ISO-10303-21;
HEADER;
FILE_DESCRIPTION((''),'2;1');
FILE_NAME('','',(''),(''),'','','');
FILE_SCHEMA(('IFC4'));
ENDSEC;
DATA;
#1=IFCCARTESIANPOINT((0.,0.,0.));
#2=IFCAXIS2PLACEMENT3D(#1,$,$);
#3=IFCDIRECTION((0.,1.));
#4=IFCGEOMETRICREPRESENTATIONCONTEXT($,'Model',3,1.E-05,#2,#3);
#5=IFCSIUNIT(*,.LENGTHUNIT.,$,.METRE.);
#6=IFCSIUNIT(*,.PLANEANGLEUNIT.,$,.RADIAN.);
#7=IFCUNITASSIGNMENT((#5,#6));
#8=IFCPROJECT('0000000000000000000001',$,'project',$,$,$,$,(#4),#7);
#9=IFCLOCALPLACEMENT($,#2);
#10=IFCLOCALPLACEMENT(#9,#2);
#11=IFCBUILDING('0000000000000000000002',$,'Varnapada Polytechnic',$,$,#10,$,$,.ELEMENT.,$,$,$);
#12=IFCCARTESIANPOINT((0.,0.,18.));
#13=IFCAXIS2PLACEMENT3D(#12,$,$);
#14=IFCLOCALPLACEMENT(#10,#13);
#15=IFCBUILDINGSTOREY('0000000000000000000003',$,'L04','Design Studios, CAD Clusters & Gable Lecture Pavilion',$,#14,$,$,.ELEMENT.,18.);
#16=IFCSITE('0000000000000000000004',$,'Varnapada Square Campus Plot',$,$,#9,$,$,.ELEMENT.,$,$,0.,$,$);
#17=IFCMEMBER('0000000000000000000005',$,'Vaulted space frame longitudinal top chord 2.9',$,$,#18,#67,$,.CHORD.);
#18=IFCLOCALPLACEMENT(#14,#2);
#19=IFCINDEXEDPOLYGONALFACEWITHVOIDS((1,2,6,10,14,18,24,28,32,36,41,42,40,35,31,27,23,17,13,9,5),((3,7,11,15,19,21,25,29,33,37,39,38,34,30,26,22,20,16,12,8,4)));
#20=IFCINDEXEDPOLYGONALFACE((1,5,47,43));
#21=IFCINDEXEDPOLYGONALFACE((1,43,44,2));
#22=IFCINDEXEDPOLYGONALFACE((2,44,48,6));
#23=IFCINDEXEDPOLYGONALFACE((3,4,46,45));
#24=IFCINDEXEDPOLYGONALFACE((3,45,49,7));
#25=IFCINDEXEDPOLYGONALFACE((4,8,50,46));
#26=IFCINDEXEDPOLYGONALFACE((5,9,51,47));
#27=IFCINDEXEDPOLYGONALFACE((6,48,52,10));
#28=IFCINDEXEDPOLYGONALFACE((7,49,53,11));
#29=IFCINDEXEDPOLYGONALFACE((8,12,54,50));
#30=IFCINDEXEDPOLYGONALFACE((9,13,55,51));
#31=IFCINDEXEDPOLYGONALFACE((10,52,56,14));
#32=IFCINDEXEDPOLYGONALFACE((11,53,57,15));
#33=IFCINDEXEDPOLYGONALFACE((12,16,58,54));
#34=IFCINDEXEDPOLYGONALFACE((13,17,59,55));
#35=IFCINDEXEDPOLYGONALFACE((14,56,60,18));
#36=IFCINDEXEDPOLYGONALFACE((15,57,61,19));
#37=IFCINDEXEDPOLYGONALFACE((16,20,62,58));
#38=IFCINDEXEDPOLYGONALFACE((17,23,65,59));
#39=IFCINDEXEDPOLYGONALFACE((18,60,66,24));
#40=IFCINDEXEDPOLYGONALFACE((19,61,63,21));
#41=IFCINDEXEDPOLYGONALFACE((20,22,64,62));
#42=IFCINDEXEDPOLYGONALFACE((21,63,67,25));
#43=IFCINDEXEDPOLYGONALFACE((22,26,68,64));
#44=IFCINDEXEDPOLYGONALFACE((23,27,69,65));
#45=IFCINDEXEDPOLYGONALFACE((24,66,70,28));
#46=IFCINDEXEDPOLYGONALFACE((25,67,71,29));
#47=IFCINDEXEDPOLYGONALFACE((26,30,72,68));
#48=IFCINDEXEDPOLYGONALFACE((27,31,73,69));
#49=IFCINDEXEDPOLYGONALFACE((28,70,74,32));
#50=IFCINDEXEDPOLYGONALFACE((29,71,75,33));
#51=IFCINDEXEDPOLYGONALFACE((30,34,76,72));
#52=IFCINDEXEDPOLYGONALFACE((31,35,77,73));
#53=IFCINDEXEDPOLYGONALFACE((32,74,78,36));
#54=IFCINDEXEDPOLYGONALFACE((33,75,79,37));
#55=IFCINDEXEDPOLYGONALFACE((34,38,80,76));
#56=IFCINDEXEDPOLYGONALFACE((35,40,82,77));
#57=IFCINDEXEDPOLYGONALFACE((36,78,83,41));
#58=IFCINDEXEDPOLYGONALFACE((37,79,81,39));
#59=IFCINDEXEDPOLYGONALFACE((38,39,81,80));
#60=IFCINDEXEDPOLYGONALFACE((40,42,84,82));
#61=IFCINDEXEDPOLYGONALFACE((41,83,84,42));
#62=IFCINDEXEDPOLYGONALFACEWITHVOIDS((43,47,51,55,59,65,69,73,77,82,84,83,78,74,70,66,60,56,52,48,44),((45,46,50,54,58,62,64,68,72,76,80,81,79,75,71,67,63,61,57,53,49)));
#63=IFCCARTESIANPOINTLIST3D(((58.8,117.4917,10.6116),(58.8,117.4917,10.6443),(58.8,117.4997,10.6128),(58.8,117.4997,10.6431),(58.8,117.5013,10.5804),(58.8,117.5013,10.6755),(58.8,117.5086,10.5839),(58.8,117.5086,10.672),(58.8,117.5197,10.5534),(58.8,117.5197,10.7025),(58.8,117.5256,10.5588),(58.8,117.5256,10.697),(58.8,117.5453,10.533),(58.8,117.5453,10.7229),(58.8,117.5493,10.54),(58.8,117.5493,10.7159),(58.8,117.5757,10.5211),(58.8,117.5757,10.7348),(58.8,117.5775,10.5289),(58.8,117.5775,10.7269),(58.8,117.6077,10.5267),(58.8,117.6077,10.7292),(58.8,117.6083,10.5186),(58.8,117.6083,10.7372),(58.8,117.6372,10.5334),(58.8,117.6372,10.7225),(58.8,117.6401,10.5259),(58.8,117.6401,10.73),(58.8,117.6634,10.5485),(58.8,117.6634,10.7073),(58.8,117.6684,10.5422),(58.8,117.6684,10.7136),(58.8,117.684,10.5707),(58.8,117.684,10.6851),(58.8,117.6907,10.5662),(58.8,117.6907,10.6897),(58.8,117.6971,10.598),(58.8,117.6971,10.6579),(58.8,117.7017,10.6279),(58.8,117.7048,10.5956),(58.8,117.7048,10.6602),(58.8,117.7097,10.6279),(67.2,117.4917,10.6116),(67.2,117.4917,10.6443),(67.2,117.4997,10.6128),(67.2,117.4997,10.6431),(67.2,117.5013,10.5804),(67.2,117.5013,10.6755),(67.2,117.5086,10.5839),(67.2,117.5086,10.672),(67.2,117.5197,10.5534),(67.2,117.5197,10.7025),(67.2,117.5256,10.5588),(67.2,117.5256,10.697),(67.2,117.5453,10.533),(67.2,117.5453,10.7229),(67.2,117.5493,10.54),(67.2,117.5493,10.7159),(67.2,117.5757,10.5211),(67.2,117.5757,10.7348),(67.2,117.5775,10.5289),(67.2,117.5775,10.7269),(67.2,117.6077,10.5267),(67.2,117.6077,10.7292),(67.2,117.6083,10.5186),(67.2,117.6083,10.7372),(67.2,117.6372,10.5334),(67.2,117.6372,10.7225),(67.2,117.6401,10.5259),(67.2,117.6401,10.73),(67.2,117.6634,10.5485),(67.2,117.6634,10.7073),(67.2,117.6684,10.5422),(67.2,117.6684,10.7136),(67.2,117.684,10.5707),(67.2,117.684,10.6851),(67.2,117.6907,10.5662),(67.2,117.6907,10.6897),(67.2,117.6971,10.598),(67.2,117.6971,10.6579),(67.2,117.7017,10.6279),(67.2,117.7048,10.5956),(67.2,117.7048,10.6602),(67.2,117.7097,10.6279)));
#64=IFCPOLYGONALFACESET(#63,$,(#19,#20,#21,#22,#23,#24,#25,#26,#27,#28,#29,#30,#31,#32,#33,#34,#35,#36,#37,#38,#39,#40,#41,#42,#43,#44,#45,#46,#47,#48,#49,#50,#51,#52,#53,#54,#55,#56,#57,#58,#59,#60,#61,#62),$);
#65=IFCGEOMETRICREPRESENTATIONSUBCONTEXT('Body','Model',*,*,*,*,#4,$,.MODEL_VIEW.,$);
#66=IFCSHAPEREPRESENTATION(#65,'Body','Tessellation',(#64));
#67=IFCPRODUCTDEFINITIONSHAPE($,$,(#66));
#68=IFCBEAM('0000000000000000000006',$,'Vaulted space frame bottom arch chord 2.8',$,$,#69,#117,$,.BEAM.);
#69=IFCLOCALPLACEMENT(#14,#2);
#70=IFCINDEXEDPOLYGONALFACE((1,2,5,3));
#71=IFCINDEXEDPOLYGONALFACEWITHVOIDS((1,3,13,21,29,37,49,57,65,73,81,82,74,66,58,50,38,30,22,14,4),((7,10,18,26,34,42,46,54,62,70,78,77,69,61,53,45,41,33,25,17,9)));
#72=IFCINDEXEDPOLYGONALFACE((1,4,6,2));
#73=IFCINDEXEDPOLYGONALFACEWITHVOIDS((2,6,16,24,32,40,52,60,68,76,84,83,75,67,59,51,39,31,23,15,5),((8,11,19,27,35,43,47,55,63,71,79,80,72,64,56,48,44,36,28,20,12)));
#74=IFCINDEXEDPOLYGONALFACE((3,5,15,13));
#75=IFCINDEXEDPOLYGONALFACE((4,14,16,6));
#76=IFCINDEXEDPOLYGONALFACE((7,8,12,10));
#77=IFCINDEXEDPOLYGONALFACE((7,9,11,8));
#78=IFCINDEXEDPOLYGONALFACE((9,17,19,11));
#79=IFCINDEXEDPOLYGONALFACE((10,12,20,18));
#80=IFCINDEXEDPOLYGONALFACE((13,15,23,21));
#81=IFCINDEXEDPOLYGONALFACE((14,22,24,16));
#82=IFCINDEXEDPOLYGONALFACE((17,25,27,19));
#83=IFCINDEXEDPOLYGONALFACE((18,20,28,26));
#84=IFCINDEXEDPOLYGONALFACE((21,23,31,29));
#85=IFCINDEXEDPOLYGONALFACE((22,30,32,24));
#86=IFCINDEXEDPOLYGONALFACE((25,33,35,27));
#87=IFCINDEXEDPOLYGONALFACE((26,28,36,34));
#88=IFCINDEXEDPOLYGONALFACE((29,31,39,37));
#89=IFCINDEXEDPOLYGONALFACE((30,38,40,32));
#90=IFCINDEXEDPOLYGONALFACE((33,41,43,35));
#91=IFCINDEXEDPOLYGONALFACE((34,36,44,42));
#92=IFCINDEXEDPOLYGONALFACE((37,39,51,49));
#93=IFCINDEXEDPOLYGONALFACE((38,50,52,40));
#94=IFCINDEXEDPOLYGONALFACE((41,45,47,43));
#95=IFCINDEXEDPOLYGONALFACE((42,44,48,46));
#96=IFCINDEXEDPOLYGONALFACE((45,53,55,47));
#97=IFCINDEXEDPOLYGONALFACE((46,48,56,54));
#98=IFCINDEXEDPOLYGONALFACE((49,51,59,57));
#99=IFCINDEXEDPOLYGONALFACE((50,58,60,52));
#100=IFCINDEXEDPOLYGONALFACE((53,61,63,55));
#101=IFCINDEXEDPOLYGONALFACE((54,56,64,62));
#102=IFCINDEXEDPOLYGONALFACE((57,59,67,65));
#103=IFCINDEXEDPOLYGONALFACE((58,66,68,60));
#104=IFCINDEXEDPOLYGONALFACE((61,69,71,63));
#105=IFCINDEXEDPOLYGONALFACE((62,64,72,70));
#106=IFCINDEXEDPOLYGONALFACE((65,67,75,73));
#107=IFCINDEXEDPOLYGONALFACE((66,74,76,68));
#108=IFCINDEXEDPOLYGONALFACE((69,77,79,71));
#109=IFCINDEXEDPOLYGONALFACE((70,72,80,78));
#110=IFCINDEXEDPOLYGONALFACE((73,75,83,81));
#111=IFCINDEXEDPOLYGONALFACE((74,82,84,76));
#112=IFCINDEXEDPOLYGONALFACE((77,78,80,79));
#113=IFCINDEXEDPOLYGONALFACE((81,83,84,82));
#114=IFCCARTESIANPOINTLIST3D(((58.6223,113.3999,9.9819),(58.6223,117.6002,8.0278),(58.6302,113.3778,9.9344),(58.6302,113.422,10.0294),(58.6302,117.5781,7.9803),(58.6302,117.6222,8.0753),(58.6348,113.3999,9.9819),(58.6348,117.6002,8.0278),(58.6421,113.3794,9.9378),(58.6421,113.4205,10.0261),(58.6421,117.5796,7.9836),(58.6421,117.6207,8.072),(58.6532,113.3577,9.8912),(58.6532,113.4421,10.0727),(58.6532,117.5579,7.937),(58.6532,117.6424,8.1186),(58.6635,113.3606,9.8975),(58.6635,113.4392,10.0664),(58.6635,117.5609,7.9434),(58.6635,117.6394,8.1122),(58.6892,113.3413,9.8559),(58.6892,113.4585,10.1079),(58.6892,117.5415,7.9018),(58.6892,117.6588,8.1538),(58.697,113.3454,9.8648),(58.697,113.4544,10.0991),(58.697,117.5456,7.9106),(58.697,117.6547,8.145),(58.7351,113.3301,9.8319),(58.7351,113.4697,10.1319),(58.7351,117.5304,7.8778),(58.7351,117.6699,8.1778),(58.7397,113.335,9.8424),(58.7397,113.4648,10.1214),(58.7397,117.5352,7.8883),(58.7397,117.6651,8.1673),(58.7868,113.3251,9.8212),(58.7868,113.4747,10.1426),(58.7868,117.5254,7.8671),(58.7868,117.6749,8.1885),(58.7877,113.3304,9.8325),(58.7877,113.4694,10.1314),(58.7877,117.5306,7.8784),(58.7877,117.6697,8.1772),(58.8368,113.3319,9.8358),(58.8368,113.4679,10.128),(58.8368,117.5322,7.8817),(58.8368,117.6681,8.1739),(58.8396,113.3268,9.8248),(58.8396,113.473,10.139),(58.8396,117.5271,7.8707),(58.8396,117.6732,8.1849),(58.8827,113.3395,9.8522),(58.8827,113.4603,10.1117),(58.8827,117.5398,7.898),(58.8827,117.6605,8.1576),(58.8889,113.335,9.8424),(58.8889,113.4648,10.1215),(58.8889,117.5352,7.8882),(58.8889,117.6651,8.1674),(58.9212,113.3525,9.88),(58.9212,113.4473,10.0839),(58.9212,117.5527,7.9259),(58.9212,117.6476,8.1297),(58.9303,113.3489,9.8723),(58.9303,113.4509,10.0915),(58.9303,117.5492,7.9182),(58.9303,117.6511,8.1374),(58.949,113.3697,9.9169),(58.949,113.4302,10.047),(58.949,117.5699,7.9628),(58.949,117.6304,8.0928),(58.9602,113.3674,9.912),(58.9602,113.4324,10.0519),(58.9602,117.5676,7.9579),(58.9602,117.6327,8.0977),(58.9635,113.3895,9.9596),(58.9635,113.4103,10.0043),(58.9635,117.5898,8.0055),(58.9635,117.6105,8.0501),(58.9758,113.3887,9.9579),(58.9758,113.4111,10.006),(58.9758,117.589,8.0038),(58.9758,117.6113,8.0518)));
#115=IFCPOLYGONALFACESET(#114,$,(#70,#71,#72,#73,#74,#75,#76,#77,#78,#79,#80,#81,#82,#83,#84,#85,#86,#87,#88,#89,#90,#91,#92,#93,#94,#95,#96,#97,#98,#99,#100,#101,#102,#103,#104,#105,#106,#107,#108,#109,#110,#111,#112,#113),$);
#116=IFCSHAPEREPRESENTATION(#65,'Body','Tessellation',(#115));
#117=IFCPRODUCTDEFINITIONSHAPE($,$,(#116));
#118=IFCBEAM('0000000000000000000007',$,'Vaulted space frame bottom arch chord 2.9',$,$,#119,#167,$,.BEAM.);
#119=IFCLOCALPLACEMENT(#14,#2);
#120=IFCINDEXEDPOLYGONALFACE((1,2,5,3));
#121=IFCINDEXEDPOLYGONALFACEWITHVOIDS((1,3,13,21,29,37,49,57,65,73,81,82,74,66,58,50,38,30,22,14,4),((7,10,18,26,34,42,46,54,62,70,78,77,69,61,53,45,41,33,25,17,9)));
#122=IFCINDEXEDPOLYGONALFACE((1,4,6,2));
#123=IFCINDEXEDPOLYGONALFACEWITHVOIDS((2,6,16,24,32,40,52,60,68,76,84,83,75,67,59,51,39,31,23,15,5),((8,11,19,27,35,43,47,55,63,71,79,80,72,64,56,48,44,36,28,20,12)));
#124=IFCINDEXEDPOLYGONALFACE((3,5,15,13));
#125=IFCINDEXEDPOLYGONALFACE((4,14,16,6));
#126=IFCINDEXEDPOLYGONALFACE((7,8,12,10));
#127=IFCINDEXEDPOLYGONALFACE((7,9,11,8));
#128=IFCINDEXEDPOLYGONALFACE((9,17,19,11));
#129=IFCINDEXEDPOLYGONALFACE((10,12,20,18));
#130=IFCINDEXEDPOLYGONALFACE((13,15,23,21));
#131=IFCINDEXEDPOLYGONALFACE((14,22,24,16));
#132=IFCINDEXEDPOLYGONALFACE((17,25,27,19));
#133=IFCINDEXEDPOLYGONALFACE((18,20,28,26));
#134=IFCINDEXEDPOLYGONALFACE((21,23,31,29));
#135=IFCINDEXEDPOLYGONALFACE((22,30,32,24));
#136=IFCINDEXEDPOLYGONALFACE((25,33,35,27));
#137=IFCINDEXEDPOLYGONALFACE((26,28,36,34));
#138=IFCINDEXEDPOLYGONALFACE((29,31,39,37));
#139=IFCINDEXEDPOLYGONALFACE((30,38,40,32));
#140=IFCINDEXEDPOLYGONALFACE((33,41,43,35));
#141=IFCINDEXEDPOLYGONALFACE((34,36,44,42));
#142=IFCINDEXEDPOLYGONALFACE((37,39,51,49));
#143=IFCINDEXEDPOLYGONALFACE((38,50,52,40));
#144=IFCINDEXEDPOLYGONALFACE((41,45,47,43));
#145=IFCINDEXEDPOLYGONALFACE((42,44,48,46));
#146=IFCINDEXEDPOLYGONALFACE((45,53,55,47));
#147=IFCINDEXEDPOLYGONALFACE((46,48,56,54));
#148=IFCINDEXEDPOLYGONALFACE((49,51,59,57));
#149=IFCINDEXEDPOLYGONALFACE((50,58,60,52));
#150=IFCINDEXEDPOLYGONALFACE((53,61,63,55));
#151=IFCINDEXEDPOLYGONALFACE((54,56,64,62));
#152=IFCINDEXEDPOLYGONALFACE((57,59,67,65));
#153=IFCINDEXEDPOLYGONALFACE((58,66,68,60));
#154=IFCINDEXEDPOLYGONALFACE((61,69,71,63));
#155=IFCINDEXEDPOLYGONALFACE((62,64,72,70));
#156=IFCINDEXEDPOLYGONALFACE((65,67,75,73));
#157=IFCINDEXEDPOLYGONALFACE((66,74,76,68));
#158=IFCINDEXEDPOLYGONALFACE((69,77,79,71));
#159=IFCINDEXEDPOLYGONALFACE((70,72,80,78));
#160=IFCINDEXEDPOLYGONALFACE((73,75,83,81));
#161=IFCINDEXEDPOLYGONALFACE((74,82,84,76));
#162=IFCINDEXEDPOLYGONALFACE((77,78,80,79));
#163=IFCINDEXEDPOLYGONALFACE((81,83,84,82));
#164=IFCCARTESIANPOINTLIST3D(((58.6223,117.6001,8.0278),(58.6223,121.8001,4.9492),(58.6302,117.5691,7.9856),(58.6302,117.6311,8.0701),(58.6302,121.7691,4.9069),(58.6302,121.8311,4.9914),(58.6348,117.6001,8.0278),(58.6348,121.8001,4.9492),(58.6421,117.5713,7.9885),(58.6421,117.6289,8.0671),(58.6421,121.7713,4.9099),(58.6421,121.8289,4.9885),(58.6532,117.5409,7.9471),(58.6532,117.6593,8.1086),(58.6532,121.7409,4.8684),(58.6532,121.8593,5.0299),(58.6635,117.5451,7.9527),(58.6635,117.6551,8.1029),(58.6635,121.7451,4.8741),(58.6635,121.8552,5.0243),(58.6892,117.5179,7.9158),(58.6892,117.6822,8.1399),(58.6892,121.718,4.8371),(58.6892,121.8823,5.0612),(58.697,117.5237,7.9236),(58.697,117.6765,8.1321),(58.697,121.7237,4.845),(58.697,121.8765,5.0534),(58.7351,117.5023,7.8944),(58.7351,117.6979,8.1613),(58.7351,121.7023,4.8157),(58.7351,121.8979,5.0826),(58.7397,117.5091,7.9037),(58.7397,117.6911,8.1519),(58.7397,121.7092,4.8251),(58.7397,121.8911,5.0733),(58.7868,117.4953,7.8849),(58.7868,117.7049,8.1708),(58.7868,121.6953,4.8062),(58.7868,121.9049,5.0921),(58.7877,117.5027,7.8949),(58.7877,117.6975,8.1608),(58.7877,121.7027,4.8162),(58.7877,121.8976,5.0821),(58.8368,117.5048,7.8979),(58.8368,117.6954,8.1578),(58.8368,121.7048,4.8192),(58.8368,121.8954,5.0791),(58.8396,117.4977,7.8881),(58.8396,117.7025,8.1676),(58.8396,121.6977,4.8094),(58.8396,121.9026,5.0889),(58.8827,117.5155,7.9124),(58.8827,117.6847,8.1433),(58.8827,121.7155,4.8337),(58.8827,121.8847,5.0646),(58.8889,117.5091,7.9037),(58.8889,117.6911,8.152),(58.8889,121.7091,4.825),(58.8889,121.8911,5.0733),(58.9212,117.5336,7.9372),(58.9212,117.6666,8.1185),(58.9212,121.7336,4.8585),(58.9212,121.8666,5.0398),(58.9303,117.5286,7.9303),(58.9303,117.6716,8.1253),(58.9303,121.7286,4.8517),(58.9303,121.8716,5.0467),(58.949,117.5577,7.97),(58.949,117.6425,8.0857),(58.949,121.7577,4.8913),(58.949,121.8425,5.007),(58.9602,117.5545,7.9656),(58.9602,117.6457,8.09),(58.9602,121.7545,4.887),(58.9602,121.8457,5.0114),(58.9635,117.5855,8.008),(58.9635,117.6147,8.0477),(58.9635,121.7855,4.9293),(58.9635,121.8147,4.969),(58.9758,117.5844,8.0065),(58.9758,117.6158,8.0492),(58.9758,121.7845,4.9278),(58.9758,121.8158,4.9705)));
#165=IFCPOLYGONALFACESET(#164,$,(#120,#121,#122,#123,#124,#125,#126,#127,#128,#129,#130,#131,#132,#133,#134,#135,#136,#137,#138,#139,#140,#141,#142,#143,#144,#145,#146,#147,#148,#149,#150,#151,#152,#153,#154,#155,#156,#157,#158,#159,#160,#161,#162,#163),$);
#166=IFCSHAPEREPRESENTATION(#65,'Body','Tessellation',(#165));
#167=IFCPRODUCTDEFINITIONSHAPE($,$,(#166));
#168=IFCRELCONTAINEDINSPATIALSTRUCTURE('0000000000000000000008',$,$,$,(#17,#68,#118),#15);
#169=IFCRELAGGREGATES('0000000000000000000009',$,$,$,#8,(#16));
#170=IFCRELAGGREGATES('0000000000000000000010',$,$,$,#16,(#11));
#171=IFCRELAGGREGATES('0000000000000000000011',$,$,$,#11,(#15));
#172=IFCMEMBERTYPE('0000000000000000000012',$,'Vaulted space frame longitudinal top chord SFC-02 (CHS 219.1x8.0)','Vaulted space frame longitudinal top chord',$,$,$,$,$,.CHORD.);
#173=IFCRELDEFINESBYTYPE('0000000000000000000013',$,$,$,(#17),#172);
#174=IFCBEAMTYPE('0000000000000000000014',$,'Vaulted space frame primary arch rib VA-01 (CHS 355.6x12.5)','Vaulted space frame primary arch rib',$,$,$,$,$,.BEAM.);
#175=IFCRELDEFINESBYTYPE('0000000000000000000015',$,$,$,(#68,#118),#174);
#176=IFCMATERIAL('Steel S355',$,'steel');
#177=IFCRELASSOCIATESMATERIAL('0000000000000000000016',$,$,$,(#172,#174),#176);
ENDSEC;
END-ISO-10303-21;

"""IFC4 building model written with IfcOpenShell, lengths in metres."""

from ifc_helpers import new_model, si_unit, direction, frame, origin, origin_2d, place, context, subcontext, project, spatial, hollow_circle, extrude, material, material_profile, profile_set, type_object, element, save


model = new_model("IFC4")

# Units and contexts
model_context = context("Model", 3, precision=1e-05, world=origin(), true_north=direction((0.0, 1.0)))
body_context = subcontext(model_context, "Body", "Model", "MODEL_VIEW")
ifc_project = project(units=[si_unit("LENGTHUNIT", "METRE"), si_unit("PLANEANGLEUNIT", "RADIAN")], contexts=[model_context])

# Site, building, storey
site_placement = place(None, origin())
site = spatial("IfcSite", under=ifc_project, at=site_placement, Name="Varnapada Square Campus Plot", CompositionType="ELEMENT", RefElevation=0.0)
building_placement = place(site_placement, origin())
building = spatial("IfcBuilding", under=site, at=building_placement, Name="Varnapada Polytechnic", CompositionType="ELEMENT")
storey_placement = place(building_placement, frame((0.0, 0.0, 18.0)))
storey = spatial("IfcBuildingStorey", under=building, at=storey_placement, Name="L04", Description="Design Studios, CAD Clusters & Gable Lecture Pavilion", CompositionType="ELEMENT", Elevation=18.0)

# Shared definitions
ifc_material = material(Name="Steel S355", Category="steel")

# Member
ifc_material_profile_1 = material_profile(ifc_material, hollow_circle(Radius=0.1096, WallThickness=0.0081, at=origin_2d()), Name="CHS 219.1x8.0")
ifc_profile_set_1 = profile_set([ifc_material_profile_1], Name="Steel S355")
member_type_1 = type_object("IfcMemberType", Name="Vaulted space frame longitudinal top chord SFC-02 (CHS 219.1x8.0)", Description="Vaulted space frame longitudinal top chord", PredefinedType="CHORD", material=ifc_profile_set_1)
for number, where, z_axis, x_axis, name in (
    (1, (58.8, 117.6001, 10.6279), (1.0, 0.0, 0.0), (0.0, 1.0, 0.0), "Vaulted space frame longitudinal top chord 2.9"),
):
    element("IfcMember", number, at=place(storey_placement, frame(where, z_axis=z_axis, x_axis=x_axis)), inside=storey, type_object=member_type_1, Name=name, PredefinedType="CHORD", context=body_context, shape_type="SweptSolid", body=[
        extrude(hollow_circle(Radius=0.1096, WallThickness=0.0081, at=origin_2d()), origin(), (0.0, 0.0, 1.0), 8.3999),
    ])

# Beams
ifc_material_profile_2 = material_profile(ifc_material, hollow_circle(Radius=0.1777, WallThickness=0.0125, at=origin_2d()), Name="CHS 355.6x12.5")
ifc_profile_set_2 = profile_set([ifc_material_profile_2], Name="Steel S355")
beam_type_1 = type_object("IfcBeamType", Name="Vaulted space frame primary arch rib VA-01 (CHS 355.6x12.5)", Description="Vaulted space frame primary arch rib", PredefinedType="BEAM", material=ifc_profile_set_2)
beam_1_placement = place(storey_placement, frame((58.8, 113.3999, 9.9819), z_axis=(0.0, 0.906678, -0.421823), x_axis=(-1.0, 0.0, 0.0)))
element("IfcBeam", 2, at=beam_1_placement, inside=storey, type_object=beam_type_1, Name="Vaulted space frame bottom arch chord 2.8", PredefinedType="BEAM", context=body_context, shape_type="SweptSolid", body=[
    extrude(hollow_circle(Radius=0.1777, WallThickness=0.0125, at=origin_2d()), origin(), (0.0, 0.0, 1.0), 4.6326),
])
beam_2_placement = place(storey_placement, frame((58.8, 117.6001, 8.0278), z_axis=(0.0, 0.806529, -0.591195), x_axis=(-1.0, 0.0, 0.0)))
element("IfcBeam", 3, at=beam_2_placement, inside=storey, type_object=beam_type_1, Name="Vaulted space frame bottom arch chord 2.9", PredefinedType="BEAM", context=body_context, shape_type="SweptSolid", body=[
    extrude(hollow_circle(Radius=0.1777, WallThickness=0.0125, at=origin_2d()), origin(), (0.0, 0.0, 1.0), 5.2075),
])

save(model, "model.ifc")
